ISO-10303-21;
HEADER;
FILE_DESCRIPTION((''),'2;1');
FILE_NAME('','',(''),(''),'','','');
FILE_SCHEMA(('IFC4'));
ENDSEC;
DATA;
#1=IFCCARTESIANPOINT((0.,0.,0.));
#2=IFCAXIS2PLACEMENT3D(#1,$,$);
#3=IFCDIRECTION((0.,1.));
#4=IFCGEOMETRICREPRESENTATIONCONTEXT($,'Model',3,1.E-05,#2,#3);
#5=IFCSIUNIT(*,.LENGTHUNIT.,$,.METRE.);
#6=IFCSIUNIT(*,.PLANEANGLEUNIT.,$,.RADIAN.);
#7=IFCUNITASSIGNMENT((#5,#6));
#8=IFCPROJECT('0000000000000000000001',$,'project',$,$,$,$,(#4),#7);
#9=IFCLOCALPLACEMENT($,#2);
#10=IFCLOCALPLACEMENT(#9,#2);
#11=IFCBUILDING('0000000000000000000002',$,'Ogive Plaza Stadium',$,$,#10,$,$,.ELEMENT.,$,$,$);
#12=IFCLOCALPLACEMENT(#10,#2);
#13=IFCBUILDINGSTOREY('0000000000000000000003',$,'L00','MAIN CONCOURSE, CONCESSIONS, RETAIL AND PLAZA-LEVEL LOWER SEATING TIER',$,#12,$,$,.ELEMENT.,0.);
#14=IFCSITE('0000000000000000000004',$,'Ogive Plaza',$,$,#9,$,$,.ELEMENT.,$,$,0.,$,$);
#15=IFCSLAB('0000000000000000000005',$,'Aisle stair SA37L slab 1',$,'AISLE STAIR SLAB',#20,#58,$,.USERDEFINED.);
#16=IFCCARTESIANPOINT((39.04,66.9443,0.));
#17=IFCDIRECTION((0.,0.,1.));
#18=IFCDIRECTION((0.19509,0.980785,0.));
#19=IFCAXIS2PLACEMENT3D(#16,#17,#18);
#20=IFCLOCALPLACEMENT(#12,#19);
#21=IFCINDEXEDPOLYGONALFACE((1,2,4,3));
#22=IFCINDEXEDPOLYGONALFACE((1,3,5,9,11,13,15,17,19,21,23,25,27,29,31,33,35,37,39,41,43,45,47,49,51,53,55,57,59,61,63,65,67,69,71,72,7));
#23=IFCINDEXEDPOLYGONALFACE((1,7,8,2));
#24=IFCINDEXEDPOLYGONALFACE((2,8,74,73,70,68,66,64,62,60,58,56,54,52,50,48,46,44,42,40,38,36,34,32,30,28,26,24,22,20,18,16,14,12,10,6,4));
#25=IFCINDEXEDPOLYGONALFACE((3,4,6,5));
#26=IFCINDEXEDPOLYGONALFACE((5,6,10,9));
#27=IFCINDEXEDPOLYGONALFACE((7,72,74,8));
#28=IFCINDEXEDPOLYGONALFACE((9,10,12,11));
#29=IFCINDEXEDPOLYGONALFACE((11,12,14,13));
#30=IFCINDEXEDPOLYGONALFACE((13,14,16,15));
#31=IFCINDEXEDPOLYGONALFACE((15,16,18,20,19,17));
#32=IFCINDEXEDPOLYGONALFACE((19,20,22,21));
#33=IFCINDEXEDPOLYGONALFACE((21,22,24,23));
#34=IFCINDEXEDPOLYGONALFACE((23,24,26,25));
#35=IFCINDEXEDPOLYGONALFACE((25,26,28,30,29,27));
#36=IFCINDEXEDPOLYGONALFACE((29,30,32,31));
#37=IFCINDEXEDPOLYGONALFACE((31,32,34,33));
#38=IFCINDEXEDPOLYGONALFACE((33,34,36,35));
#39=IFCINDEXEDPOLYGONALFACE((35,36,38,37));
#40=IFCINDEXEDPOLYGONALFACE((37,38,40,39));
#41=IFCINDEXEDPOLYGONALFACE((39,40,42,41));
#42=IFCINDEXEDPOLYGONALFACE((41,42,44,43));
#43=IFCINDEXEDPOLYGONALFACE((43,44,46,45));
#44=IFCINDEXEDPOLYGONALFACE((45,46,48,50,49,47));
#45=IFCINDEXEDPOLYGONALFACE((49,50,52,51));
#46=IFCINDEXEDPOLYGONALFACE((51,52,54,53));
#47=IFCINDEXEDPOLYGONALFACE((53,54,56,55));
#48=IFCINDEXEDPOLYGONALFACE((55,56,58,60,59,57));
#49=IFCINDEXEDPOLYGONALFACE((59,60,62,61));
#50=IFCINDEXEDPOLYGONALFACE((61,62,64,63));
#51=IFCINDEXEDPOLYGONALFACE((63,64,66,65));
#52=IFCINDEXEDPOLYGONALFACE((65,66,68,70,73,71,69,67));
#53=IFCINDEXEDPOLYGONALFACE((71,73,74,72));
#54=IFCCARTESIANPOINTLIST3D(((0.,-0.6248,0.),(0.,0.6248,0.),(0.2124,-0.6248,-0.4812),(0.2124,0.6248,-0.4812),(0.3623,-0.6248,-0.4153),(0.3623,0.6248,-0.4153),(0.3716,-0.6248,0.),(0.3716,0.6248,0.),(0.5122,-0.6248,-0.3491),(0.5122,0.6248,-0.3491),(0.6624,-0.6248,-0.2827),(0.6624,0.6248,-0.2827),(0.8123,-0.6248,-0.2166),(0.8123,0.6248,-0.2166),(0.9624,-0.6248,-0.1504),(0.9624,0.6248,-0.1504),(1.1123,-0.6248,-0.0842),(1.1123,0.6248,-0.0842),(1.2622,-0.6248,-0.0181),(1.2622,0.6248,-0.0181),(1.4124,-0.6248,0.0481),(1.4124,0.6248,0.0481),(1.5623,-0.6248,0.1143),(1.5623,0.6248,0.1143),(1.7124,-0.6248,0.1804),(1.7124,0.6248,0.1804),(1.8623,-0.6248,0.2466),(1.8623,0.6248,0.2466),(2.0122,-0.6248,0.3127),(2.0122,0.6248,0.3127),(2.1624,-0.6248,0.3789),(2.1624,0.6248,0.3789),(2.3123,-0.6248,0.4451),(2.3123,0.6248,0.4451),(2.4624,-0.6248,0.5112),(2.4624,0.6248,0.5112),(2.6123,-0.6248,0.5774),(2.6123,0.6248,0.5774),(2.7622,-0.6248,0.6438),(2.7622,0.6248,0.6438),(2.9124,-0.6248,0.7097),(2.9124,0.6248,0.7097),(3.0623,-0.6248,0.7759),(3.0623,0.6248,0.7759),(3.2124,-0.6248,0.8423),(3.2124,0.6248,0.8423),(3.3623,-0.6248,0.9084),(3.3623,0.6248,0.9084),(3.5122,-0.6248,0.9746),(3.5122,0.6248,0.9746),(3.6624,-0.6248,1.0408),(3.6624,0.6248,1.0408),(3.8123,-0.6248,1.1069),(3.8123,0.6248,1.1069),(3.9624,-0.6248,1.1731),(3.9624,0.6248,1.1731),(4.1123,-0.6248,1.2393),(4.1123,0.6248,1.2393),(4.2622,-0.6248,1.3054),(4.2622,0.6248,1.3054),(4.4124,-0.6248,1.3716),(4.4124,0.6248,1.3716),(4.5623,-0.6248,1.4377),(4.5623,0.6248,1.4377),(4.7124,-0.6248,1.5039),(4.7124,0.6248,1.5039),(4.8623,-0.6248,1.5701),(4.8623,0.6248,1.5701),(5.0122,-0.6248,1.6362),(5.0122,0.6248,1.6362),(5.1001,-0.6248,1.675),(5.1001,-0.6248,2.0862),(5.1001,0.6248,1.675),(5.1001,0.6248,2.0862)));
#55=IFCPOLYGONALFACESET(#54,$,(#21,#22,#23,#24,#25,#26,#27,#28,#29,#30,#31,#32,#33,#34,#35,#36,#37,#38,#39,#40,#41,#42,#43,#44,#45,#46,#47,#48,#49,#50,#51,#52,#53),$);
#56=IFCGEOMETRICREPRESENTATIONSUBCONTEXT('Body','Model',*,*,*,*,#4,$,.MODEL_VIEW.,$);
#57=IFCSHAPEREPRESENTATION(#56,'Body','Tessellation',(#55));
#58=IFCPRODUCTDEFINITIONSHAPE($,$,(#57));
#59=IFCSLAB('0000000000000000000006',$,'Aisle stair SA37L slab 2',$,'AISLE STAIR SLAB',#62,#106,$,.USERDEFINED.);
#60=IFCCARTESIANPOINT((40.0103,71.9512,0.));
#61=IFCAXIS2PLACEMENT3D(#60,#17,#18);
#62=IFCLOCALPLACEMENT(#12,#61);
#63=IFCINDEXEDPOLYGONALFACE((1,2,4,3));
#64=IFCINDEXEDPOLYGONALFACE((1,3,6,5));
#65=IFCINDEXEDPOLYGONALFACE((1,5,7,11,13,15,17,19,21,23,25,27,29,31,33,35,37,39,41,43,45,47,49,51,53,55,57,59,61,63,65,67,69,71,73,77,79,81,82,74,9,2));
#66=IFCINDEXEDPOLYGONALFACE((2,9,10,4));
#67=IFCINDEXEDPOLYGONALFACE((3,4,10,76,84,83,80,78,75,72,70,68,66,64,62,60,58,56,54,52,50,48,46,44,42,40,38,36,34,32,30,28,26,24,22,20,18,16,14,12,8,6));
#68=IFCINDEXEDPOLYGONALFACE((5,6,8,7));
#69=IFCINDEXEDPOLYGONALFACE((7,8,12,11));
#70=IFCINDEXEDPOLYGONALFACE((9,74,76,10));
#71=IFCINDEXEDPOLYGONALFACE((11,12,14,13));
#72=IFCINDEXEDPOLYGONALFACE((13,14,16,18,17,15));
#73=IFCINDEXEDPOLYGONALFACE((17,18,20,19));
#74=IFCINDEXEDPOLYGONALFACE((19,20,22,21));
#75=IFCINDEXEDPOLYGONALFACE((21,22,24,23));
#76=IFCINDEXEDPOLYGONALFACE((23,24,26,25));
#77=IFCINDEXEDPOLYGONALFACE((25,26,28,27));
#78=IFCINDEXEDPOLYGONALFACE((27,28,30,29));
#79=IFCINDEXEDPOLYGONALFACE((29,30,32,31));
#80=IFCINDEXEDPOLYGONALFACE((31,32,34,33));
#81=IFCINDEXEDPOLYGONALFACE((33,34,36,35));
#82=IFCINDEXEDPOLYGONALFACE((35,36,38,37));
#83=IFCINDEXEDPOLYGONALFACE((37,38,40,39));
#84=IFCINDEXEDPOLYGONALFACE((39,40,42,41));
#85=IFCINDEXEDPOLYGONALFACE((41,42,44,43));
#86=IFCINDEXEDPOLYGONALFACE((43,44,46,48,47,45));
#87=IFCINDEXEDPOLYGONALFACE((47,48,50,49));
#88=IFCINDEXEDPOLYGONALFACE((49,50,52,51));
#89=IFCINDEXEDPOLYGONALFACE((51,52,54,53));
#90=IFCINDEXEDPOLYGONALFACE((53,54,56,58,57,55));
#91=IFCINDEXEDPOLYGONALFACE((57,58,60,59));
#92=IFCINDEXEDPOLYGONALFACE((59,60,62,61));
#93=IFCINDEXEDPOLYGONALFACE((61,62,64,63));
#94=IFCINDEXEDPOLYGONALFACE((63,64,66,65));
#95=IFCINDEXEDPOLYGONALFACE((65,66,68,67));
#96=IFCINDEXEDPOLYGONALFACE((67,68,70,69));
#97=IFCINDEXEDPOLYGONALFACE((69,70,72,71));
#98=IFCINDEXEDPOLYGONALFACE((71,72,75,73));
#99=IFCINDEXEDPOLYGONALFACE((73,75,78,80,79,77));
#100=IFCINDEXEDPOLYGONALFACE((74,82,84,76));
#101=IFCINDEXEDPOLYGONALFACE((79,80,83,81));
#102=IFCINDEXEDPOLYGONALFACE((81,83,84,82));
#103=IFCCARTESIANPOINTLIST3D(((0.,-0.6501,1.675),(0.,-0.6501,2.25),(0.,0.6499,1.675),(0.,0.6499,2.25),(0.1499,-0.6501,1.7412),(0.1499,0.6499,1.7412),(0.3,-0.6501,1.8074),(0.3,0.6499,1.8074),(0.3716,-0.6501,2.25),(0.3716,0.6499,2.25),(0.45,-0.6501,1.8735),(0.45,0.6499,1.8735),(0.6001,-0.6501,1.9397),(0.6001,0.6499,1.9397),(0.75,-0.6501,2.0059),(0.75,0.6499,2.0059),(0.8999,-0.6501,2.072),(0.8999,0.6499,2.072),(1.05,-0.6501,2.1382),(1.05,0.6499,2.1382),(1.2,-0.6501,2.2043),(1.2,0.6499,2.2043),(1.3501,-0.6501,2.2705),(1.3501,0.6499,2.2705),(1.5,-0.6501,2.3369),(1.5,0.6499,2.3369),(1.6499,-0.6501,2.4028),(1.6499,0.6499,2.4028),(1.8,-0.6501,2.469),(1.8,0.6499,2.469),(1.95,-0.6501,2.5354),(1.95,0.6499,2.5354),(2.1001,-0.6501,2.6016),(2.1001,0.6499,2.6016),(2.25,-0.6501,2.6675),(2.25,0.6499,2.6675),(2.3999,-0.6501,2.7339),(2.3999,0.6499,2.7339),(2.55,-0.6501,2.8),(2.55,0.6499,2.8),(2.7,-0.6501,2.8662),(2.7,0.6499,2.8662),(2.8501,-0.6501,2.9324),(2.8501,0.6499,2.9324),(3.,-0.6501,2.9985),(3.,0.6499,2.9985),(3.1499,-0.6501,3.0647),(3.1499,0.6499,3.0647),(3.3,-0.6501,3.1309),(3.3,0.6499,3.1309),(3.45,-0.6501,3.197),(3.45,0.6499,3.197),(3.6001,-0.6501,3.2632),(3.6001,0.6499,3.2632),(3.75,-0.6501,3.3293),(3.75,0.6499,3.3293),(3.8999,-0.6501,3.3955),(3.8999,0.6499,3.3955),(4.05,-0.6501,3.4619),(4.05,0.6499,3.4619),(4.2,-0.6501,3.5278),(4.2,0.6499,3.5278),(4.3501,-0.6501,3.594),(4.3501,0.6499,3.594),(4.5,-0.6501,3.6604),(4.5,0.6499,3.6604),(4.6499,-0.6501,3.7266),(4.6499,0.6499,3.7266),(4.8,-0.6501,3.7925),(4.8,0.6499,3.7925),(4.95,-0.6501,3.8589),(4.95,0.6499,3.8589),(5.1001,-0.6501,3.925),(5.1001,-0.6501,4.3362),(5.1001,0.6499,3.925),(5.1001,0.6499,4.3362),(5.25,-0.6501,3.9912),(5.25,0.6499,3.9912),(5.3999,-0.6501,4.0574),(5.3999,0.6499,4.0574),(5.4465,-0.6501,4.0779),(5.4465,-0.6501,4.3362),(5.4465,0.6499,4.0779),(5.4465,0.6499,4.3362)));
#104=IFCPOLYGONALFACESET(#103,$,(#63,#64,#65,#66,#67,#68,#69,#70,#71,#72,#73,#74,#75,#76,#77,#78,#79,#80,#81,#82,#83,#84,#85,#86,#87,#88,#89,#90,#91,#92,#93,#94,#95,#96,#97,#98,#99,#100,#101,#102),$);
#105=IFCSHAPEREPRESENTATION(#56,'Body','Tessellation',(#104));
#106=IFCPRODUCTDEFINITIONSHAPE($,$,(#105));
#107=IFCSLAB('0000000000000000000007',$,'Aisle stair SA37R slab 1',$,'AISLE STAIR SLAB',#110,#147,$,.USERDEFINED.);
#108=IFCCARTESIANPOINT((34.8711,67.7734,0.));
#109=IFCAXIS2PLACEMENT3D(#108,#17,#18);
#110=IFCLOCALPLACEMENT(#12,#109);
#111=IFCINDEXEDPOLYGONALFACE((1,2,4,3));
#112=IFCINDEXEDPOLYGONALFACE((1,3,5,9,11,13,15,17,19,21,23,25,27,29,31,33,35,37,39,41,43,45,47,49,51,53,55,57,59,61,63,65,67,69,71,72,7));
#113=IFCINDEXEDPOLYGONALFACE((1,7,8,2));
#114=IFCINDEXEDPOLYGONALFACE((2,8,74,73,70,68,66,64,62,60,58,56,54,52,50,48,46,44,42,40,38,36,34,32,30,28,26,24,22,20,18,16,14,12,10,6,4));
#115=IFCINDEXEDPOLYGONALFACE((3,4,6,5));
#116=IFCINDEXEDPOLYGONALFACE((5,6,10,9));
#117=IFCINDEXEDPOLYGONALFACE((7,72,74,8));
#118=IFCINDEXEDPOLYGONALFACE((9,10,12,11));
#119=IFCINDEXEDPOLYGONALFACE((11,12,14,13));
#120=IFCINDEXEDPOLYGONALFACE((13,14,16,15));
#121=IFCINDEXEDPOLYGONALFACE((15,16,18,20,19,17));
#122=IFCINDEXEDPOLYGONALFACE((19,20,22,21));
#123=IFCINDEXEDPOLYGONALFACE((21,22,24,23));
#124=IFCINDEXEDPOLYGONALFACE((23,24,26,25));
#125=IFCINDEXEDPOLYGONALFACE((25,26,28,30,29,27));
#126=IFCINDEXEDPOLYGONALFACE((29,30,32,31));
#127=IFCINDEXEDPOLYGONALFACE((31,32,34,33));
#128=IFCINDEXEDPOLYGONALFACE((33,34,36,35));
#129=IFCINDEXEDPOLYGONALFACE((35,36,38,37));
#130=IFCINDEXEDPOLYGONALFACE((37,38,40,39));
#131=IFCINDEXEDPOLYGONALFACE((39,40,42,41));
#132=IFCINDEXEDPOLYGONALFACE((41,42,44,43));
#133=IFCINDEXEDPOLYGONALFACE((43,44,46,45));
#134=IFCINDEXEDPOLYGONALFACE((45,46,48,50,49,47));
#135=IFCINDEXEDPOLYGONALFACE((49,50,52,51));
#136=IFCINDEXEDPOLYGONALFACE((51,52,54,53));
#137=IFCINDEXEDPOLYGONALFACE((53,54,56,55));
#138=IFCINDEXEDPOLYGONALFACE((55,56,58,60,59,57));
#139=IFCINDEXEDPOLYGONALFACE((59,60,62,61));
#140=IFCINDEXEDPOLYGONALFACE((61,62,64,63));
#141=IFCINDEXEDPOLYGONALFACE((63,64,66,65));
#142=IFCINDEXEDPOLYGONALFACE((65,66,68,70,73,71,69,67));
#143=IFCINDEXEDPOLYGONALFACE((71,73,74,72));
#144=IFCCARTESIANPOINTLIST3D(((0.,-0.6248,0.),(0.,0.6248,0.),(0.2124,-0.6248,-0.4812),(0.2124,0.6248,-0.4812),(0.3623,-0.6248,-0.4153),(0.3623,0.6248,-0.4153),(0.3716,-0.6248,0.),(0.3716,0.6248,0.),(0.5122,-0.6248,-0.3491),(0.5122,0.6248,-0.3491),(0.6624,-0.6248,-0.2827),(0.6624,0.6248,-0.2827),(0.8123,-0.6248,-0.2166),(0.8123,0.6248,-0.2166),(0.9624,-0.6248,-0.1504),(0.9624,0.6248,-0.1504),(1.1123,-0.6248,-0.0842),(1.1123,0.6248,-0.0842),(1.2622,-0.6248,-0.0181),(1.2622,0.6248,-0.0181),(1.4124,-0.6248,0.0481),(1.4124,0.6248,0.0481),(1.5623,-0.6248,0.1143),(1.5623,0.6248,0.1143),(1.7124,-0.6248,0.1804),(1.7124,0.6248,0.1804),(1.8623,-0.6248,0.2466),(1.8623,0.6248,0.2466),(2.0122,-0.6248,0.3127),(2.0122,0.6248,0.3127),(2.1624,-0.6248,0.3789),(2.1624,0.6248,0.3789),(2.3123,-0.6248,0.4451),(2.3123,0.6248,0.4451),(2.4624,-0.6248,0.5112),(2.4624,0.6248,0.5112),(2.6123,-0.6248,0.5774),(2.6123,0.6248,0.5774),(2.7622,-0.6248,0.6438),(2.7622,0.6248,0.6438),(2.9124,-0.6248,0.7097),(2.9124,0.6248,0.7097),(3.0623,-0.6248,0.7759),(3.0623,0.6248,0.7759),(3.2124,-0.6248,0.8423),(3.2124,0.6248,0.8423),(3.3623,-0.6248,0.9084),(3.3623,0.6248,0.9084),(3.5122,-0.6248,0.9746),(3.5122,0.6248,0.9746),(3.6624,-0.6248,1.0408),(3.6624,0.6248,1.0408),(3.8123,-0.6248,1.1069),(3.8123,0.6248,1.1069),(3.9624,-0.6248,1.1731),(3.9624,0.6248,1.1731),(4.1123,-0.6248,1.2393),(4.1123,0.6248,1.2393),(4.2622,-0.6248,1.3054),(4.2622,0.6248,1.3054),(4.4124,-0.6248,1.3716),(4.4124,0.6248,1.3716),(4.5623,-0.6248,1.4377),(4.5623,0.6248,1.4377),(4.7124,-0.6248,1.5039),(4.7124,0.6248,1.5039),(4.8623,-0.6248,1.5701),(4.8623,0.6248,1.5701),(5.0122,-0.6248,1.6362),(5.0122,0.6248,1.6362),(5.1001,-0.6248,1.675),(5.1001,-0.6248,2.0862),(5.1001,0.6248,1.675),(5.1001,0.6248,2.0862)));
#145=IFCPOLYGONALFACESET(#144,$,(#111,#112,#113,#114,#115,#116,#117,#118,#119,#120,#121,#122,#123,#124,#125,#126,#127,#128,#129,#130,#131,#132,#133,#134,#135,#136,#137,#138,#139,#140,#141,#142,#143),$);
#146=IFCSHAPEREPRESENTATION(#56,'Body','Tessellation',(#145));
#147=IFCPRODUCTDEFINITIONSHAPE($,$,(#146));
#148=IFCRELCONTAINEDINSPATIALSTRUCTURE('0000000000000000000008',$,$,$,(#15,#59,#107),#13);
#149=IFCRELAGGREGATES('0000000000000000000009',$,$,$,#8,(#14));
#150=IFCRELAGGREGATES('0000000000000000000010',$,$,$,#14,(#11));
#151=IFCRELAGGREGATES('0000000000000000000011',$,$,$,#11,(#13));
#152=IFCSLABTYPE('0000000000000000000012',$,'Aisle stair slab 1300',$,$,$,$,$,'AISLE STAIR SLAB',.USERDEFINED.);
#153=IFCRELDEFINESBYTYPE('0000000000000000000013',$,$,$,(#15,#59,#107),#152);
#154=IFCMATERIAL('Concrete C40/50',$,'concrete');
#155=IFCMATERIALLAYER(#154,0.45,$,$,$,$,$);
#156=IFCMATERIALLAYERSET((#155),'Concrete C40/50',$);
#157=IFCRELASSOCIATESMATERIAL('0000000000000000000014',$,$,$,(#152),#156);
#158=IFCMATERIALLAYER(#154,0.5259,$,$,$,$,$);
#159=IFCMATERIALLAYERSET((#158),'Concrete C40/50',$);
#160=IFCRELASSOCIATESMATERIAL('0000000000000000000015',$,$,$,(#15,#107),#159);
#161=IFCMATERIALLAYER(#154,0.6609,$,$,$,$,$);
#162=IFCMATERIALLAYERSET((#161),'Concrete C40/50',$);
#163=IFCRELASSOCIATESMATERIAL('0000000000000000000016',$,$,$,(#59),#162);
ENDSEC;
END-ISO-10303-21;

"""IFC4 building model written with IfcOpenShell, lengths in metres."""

from ifc_helpers import new_model, si_unit, direction, frame, origin, place, context, subcontext, project, spatial, polyline, outline, extrude, material, layer, layer_set, type_object, element, save


model = new_model("IFC4")

# Units and contexts
model_context = context("Model", 3, precision=1e-05, world=origin(), true_north=direction((0.0, 1.0)))
body_context = subcontext(model_context, "Body", "Model", "MODEL_VIEW")
ifc_project = project(units=[si_unit("LENGTHUNIT", "METRE"), si_unit("PLANEANGLEUNIT", "RADIAN")], contexts=[model_context])

# Site, building, storey
site_placement = place(None, origin())
site = spatial("IfcSite", under=ifc_project, at=site_placement, Name="Ogive Plaza", CompositionType="ELEMENT", RefElevation=0.0)
building_placement = place(site_placement, origin())
building = spatial("IfcBuilding", under=site, at=building_placement, Name="Ogive Plaza Stadium", CompositionType="ELEMENT")
storey_placement = place(building_placement, origin())
storey = spatial("IfcBuildingStorey", under=building, at=storey_placement, Name="L00", Description="MAIN CONCOURSE, CONCESSIONS, RETAIL AND PLAZA-LEVEL LOWER SEATING TIER", CompositionType="ELEMENT", Elevation=0.0)

# Slabs
ifc_material_1 = material(Name="Concrete C40/50", Category="concrete")
ifc_layer_1 = layer(ifc_material_1, 0.5259)
ifc_layer_set_1 = layer_set([ifc_layer_1], Name="Concrete C40/50")
ifc_layer_2 = layer(ifc_material_1, 0.45)
ifc_layer_set_2 = layer_set([ifc_layer_2], Name="Concrete C40/50")
slab_type = type_object("IfcSlabType", Name="Aisle stair slab 1300", ElementType="AISLE STAIR SLAB", PredefinedType="USERDEFINED", material=ifc_layer_set_2)
slab_1_placement = place(storey_placement, frame((39.04, 66.9443, 0.0), z_axis=(0.0, 0.0, 1.0), x_axis=(0.19509, 0.980785, 0.0)))
element("IfcSlab", 1, at=slab_1_placement, inside=storey, type_object=slab_type, material=ifc_layer_set_1, Name="Aisle stair SA37L slab 1", ObjectType="AISLE STAIR SLAB", PredefinedType="USERDEFINED", context=body_context, shape_type="SweptSolid", body=[
    extrude(outline(polyline([(0.0, 0.0), (0.3716, 0.0), (5.1001, 2.0862), (5.1001, 1.675), (5.0122, 1.6362), (4.8623, 1.5701), (4.7124, 1.5039), (4.5623, 1.4377), (4.4124, 1.3716), (4.2622, 1.3054), (4.1123, 1.2393), (3.9624, 1.1731), (3.8123, 1.1069), (3.6624, 1.0408), (3.5122, 0.9746), (3.3623, 0.9084), (3.2124, 0.8423), (3.0623, 0.7759), (2.9124, 0.7097), (2.7622, 0.6438), (2.6123, 0.5774), (2.4624, 0.5112), (2.3123, 0.4451), (2.1624, 0.3789), (2.0122, 0.3127), (1.8623, 0.2466), (1.7124, 0.1804), (1.5623, 0.1143), (1.4124, 0.0481), (1.2622, -0.0181), (1.1123, -0.0842), (0.9624, -0.1504), (0.8123, -0.2166), (0.6624, -0.2827), (0.5122, -0.3491), (0.3623, -0.4153), (0.2124, -0.4812), (0.0, 0.0)])), frame((0.0, 0.6248, 0.0), z_axis=(0.0, -1.0, 0.0), x_axis=(1.0, 0.0, 0.0)), (0.0, 0.0, 1.0), 1.2495),
])
ifc_layer_3 = layer(ifc_material_1, 0.6609)
ifc_layer_set_3 = layer_set([ifc_layer_3], Name="Concrete C40/50")
slab_2_placement = place(storey_placement, frame((40.0103, 71.9512, 0.0), z_axis=(0.0, 0.0, 1.0), x_axis=(0.19509, 0.980785, 0.0)))
element("IfcSlab", 2, at=slab_2_placement, inside=storey, type_object=slab_type, material=ifc_layer_set_3, Name="Aisle stair SA37L slab 2", ObjectType="AISLE STAIR SLAB", PredefinedType="USERDEFINED", context=body_context, shape_type="SweptSolid", body=[
    extrude(outline(polyline([(0.0, 2.25), (0.3716, 2.25), (5.1001, 4.3362), (5.4465, 4.3362), (5.4465, 4.0779), (5.3999, 4.0574), (5.25, 3.9912), (5.1001, 3.925), (4.95, 3.8589), (4.8, 3.7925), (4.6499, 3.7266), (4.5, 3.6604), (4.3501, 3.594), (4.2, 3.5278), (4.05, 3.4619), (3.8999, 3.3955), (3.75, 3.3293), (3.6001, 3.2632), (3.45, 3.197), (3.3, 3.1309), (3.1499, 3.0647), (3.0, 2.9985), (2.8501, 2.9324), (2.7, 2.8662), (2.55, 2.8), (2.3999, 2.7339), (2.25, 2.6675), (2.1001, 2.6016), (1.95, 2.5354), (1.8, 2.469), (1.6499, 2.4028), (1.5, 2.3369), (1.3501, 2.2705), (1.2, 2.2043), (1.05, 2.1382), (0.8999, 2.072), (0.75, 2.0059), (0.6001, 1.9397), (0.45, 1.8735), (0.3, 1.8074), (0.1499, 1.7412), (0.0, 1.675), (0.0, 2.25)])), frame((0.0, 0.6499, 0.0), z_axis=(0.0, -1.0, 0.0), x_axis=(1.0, 0.0, 0.0)), (0.0, 0.0, 1.0), 1.3),
])
slab_3_placement = place(storey_placement, frame((34.8711, 67.7734, 0.0), z_axis=(0.0, 0.0, 1.0), x_axis=(0.19509, 0.980785, 0.0)))
element("IfcSlab", 3, at=slab_3_placement, inside=storey, type_object=slab_type, material=ifc_layer_set_1, Name="Aisle stair SA37R slab 1", ObjectType="AISLE STAIR SLAB", PredefinedType="USERDEFINED", context=body_context, shape_type="SweptSolid", body=[
    extrude(outline(polyline([(0.0, 0.0), (0.3716, 0.0), (5.1001, 2.0862), (5.1001, 1.675), (5.0122, 1.6362), (4.8623, 1.5701), (4.7124, 1.5039), (4.5623, 1.4377), (4.4124, 1.3716), (4.2622, 1.3054), (4.1123, 1.2393), (3.9624, 1.1731), (3.8123, 1.1069), (3.6624, 1.0408), (3.5122, 0.9746), (3.3623, 0.9084), (3.2124, 0.8423), (3.0623, 0.7759), (2.9124, 0.7097), (2.7622, 0.6438), (2.6123, 0.5774), (2.4624, 0.5112), (2.3123, 0.4451), (2.1624, 0.3789), (2.0122, 0.3127), (1.8623, 0.2466), (1.7124, 0.1804), (1.5623, 0.1143), (1.4124, 0.0481), (1.2622, -0.0181), (1.1123, -0.0842), (0.9624, -0.1504), (0.8123, -0.2166), (0.6624, -0.2827), (0.5122, -0.3491), (0.3623, -0.4153), (0.2124, -0.4812), (0.0, 0.0)])), frame((0.0, 0.6248, 0.0), z_axis=(0.0, -1.0, 0.0), x_axis=(1.0, 0.0, 0.0)), (0.0, 0.0, 1.0), 1.2495),
])

save(model, "model.ifc")
